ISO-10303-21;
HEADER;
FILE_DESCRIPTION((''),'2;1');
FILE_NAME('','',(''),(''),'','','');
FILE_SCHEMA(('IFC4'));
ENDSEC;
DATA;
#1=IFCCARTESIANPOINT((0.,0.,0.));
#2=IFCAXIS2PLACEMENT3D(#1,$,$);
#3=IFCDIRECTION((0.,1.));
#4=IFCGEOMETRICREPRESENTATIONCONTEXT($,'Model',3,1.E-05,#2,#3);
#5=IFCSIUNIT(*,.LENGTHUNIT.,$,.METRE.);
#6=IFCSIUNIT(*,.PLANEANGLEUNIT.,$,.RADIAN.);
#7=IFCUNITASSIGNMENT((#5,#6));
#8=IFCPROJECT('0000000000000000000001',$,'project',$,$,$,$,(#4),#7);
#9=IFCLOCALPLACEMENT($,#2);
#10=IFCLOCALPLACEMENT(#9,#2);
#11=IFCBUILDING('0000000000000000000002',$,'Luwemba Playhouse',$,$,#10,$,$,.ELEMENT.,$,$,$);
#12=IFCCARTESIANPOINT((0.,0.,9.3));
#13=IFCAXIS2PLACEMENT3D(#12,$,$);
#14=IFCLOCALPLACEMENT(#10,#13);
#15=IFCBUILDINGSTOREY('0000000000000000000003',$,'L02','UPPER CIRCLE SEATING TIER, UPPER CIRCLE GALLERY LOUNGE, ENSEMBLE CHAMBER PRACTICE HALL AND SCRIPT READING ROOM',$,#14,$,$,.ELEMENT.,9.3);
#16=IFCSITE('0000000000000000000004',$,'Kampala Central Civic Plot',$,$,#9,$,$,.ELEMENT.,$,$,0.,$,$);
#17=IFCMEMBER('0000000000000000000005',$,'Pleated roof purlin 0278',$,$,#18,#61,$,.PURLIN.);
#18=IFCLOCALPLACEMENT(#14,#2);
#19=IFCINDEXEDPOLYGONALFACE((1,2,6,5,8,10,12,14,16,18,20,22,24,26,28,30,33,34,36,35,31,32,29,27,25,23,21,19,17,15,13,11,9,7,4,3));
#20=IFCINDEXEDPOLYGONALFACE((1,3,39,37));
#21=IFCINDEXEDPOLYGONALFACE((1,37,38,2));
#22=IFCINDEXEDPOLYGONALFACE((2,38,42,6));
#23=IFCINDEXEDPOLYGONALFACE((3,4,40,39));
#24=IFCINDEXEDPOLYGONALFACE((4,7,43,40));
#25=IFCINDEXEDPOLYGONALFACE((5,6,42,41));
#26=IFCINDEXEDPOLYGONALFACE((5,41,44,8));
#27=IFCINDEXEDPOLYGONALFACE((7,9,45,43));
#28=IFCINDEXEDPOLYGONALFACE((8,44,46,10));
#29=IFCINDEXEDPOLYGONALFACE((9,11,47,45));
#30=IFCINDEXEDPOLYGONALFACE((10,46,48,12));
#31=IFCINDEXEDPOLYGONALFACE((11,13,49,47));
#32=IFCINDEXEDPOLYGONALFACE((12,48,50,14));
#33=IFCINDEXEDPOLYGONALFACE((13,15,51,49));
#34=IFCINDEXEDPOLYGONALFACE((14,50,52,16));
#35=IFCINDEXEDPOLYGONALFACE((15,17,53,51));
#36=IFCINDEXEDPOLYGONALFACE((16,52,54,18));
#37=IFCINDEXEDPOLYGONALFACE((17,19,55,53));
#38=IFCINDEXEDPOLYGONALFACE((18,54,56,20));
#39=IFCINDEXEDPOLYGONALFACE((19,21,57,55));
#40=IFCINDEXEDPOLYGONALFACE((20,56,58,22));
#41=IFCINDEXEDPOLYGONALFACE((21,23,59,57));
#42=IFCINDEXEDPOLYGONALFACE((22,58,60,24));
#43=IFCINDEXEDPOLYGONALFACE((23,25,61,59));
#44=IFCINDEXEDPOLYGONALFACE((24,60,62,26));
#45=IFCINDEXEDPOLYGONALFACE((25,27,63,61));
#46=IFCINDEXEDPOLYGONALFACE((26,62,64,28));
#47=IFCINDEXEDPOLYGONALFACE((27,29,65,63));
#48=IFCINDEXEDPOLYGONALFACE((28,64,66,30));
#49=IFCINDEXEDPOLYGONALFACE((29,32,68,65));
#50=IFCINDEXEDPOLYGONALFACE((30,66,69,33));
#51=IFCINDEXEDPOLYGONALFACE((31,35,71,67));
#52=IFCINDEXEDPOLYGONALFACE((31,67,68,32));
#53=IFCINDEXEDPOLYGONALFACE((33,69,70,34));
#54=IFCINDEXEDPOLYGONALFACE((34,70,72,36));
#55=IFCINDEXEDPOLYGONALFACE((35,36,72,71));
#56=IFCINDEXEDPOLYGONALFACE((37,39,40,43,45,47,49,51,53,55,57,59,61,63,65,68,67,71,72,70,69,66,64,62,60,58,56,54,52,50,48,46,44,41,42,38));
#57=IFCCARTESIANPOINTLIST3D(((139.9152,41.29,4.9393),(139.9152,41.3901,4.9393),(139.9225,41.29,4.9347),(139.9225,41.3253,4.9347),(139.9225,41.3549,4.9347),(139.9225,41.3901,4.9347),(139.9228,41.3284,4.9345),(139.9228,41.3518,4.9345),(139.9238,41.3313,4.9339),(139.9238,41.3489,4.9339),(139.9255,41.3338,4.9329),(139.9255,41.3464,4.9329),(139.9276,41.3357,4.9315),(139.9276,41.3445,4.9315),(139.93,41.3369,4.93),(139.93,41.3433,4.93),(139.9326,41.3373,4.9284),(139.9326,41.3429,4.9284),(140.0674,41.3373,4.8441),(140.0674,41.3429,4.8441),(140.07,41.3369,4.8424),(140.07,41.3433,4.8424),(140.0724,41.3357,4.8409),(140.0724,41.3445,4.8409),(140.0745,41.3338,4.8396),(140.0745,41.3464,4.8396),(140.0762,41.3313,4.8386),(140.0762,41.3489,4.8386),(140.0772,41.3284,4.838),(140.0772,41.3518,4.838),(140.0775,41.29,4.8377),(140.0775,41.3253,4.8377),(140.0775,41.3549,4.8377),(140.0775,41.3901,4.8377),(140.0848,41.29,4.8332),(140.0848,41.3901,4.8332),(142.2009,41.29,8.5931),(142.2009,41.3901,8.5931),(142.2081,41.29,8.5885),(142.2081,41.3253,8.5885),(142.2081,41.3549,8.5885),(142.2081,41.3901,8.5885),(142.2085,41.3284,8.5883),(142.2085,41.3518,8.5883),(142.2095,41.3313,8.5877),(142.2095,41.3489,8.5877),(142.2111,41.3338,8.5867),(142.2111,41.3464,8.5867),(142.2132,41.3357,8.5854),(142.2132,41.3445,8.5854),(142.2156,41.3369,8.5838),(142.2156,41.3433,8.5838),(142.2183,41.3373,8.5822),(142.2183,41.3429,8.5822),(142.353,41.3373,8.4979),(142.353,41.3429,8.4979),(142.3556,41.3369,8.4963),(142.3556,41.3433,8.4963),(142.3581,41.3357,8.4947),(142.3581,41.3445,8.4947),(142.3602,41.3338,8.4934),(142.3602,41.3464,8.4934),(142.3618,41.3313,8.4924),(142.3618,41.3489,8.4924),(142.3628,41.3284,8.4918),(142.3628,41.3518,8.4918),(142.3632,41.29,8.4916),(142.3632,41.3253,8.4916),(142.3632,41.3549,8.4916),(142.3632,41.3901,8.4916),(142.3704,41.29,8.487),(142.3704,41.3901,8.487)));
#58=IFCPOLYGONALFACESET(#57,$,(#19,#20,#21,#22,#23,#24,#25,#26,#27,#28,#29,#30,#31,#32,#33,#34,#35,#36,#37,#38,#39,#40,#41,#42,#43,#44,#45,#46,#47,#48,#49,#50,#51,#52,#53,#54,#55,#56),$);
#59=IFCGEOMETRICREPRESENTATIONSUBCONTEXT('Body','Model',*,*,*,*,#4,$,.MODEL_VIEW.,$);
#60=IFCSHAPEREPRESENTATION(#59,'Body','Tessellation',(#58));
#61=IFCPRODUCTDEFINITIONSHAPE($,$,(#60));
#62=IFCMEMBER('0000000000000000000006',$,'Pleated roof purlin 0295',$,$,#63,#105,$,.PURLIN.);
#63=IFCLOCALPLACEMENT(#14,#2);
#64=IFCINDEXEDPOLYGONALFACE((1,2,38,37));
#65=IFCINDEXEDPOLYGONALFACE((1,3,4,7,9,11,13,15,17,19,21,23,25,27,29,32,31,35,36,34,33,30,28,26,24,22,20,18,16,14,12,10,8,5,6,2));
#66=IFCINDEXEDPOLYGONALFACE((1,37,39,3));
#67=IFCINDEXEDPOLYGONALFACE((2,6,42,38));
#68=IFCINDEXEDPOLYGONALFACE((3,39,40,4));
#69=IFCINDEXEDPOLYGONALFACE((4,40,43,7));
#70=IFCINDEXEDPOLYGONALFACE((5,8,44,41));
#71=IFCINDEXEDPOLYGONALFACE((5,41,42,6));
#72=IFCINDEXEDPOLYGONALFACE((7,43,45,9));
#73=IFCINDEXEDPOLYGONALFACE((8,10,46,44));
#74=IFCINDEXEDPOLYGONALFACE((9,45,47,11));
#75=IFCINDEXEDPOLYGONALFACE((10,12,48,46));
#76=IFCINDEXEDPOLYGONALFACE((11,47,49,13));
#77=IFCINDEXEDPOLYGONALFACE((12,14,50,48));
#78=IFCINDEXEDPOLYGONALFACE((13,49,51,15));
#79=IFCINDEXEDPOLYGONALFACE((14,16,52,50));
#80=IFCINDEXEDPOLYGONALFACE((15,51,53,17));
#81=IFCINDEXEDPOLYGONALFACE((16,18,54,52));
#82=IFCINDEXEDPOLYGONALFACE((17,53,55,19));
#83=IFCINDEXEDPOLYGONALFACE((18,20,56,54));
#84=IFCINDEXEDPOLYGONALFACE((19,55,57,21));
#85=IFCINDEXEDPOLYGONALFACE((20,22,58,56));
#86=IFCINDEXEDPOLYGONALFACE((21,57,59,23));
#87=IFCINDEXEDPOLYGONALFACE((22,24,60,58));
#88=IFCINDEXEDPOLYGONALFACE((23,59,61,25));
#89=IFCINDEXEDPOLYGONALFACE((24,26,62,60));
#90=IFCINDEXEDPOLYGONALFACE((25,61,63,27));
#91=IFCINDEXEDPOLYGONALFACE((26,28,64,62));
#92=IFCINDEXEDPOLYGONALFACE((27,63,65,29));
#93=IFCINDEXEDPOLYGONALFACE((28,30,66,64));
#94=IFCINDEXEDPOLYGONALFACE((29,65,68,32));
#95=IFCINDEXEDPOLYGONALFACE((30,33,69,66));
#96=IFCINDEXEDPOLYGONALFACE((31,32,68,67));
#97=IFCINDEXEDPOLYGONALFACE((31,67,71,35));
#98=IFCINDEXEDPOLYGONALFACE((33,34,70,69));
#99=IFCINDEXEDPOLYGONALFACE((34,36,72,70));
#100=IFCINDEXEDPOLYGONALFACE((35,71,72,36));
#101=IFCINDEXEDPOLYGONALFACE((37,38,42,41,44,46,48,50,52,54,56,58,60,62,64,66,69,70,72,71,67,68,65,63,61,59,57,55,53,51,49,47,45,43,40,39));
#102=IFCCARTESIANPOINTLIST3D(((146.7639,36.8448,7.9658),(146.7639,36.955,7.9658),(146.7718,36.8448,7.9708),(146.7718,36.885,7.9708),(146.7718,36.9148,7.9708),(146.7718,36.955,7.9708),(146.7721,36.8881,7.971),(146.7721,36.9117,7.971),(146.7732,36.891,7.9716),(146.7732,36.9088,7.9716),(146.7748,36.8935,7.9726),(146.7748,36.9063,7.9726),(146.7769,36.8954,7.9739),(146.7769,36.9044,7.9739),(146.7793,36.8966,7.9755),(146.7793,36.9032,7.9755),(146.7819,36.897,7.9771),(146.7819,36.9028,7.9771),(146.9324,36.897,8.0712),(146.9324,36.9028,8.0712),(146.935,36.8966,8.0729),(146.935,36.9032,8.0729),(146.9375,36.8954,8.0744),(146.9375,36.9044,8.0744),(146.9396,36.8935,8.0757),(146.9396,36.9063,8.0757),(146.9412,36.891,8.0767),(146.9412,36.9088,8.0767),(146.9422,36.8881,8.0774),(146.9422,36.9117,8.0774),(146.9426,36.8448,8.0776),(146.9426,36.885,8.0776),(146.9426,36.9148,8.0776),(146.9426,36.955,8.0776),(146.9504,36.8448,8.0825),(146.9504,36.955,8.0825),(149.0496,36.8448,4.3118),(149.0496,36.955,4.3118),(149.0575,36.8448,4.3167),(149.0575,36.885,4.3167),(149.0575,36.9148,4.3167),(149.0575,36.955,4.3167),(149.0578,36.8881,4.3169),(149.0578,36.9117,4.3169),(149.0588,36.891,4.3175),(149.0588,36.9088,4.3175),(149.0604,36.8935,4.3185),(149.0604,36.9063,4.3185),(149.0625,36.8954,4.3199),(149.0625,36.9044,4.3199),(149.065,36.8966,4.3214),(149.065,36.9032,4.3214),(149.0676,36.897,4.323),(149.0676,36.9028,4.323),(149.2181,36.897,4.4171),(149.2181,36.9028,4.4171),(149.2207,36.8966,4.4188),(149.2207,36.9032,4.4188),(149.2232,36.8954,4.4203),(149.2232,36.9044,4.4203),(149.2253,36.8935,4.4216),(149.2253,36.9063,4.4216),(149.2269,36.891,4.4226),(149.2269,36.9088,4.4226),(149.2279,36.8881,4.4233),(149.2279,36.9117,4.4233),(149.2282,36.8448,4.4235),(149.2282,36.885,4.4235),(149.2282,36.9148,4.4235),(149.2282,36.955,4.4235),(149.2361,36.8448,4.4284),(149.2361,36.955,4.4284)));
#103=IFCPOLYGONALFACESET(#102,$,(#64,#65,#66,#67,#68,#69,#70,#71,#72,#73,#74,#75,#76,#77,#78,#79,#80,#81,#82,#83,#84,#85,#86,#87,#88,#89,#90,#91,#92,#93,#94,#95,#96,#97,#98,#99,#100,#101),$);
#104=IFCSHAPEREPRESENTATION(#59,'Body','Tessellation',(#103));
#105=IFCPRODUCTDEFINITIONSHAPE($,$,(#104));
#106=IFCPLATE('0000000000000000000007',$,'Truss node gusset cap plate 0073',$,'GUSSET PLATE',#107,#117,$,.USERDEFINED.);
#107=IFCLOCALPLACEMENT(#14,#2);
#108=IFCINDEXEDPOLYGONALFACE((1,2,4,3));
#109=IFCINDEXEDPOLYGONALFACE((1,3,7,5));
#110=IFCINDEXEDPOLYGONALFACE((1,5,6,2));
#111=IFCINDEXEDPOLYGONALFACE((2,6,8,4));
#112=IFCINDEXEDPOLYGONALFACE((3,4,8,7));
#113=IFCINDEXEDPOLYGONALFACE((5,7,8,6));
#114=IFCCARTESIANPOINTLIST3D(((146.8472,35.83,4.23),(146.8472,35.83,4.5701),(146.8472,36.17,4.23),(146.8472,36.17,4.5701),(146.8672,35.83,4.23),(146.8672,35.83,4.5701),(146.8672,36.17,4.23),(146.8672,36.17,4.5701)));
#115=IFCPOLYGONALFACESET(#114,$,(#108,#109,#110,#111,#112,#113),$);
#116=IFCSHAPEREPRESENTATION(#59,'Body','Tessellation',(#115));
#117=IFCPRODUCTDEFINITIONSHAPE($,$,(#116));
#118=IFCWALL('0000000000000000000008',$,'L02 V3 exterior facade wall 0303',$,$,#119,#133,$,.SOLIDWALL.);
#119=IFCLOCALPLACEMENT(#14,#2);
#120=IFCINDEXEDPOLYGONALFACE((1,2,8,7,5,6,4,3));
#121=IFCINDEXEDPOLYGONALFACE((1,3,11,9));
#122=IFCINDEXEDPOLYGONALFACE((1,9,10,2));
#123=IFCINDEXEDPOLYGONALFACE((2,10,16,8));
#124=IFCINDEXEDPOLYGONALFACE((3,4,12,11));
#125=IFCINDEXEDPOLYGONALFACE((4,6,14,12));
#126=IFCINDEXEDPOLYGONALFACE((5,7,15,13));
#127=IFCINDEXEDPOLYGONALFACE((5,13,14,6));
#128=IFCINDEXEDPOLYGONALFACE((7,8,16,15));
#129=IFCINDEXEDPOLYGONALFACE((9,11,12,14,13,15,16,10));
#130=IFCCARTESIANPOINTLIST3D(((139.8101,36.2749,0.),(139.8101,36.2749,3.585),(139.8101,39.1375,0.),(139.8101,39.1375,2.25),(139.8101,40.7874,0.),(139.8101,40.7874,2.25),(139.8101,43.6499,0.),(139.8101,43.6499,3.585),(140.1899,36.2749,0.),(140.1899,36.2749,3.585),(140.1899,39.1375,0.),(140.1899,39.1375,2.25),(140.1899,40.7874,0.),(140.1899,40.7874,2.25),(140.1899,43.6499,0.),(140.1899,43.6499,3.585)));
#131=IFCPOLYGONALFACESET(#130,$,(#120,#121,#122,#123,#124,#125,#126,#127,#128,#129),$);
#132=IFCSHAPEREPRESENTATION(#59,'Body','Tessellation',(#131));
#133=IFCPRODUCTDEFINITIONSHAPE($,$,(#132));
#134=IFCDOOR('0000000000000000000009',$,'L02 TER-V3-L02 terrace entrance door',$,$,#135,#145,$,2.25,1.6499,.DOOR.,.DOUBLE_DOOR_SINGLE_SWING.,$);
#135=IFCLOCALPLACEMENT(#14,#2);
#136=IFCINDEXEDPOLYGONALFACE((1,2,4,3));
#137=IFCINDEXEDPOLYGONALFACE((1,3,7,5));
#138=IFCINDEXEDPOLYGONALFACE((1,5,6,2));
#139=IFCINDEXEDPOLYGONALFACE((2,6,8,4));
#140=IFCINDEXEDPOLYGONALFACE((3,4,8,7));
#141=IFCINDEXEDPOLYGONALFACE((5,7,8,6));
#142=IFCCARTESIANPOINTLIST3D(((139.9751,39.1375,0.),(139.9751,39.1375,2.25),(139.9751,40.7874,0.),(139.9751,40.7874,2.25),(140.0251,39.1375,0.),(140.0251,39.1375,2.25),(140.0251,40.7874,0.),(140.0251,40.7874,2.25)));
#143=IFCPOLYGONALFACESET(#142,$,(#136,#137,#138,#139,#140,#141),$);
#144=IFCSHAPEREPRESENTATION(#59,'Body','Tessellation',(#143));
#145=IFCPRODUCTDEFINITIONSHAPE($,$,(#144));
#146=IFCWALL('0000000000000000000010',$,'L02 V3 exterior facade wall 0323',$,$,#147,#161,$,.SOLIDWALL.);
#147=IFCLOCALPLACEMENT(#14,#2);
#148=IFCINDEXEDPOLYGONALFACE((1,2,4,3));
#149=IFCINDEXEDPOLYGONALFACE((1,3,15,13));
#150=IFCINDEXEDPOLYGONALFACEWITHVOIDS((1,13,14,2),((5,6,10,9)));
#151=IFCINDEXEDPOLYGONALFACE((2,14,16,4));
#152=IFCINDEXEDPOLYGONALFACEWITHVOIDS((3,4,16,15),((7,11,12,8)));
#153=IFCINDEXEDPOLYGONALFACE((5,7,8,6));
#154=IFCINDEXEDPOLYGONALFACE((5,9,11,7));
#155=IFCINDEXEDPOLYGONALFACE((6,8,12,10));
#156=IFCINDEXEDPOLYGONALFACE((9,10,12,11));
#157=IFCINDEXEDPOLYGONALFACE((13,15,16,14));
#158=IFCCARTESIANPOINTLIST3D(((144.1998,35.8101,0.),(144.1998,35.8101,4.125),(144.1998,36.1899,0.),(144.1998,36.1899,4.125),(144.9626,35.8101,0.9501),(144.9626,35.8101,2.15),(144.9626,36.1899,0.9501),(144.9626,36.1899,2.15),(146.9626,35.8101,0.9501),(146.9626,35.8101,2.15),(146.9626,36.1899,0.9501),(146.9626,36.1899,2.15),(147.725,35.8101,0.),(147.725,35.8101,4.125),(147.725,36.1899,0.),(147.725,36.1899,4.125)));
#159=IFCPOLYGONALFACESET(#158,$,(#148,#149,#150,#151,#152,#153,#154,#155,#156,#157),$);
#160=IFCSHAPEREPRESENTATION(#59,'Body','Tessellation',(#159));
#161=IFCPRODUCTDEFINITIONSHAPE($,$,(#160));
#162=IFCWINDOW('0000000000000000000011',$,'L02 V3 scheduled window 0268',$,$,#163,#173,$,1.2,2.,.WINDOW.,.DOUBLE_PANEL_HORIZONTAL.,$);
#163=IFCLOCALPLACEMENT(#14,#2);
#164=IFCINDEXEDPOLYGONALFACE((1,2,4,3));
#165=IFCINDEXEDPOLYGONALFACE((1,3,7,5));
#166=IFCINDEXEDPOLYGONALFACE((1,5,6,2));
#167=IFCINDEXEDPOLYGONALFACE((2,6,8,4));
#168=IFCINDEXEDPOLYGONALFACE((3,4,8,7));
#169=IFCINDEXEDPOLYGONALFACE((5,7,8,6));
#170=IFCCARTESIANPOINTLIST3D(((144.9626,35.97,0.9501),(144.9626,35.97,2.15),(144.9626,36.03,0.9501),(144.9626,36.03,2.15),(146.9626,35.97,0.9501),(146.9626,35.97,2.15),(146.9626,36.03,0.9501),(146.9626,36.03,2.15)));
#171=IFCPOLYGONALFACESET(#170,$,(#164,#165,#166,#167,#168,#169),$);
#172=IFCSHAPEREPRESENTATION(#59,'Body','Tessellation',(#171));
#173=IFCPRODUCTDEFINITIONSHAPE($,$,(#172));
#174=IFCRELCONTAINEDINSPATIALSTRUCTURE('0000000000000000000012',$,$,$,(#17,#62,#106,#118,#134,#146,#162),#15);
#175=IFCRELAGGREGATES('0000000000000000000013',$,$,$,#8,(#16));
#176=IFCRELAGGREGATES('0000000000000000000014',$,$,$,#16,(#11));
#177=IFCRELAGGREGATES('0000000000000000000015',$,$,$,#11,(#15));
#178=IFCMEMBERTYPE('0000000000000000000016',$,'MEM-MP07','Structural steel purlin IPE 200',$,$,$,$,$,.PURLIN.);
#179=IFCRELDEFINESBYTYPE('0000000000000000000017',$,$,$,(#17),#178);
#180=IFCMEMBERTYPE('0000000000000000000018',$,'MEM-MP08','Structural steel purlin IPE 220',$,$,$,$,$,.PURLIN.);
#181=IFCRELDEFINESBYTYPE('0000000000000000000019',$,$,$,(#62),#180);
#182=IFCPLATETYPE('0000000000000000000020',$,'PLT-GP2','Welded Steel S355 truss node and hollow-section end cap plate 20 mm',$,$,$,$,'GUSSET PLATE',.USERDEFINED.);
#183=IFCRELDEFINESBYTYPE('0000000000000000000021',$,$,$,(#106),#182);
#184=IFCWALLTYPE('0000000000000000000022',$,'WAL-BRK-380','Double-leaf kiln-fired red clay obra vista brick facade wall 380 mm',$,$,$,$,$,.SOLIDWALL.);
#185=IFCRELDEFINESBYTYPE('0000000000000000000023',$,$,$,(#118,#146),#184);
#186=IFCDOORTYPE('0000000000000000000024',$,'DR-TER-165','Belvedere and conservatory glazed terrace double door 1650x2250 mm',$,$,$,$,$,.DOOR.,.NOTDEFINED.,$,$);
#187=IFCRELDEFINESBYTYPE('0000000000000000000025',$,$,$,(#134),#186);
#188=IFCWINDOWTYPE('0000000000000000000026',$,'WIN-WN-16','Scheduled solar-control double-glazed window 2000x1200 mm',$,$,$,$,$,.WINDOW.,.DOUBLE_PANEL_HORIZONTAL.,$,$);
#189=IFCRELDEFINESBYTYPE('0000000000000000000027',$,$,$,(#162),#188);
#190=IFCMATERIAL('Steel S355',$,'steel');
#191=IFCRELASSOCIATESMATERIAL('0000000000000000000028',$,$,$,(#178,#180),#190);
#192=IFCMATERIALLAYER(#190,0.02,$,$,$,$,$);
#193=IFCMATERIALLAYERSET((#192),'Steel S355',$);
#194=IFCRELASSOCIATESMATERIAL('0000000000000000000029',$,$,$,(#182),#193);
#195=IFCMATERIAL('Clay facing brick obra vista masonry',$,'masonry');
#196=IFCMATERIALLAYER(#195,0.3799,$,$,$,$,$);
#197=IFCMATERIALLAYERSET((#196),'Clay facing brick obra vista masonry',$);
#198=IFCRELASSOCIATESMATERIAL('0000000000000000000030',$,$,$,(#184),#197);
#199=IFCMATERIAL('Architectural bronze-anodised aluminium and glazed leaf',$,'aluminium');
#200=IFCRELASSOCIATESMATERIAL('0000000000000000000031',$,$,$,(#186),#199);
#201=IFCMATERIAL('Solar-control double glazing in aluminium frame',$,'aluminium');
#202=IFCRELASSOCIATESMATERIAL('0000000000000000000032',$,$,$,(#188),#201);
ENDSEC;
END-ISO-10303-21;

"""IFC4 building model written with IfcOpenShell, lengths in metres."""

from ifc_helpers import new_model, si_unit, direction, frame, frame_2d, origin, origin_2d, place, context, subcontext, project, spatial, rectangle, i_section, extrude, material, layer, layer_set, material_profile, profile_set, type_object, element, fill, save


model = new_model("IFC4")

# Units and contexts
model_context = context("Model", 3, precision=1e-05, world=origin(), true_north=direction((0.0, 1.0)))
body_context = subcontext(model_context, "Body", "Model", "MODEL_VIEW")
ifc_project = project(units=[si_unit("LENGTHUNIT", "METRE"), si_unit("PLANEANGLEUNIT", "RADIAN")], contexts=[model_context])

# Site, building, storey
site_placement = place(None, origin())
site = spatial("IfcSite", under=ifc_project, at=site_placement, Name="Kampala Central Civic Plot", CompositionType="ELEMENT", RefElevation=0.0)
building_placement = place(site_placement, origin())
building = spatial("IfcBuilding", under=site, at=building_placement, Name="Luwemba Playhouse", CompositionType="ELEMENT")
storey_placement = place(building_placement, frame((0.0, 0.0, 9.3)))
storey = spatial("IfcBuildingStorey", under=building, at=storey_placement, Name="L02", Description="UPPER CIRCLE SEATING TIER, UPPER CIRCLE GALLERY LOUNGE, ENSEMBLE CHAMBER PRACTICE HALL AND SCRIPT READING ROOM", CompositionType="ELEMENT", Elevation=9.3)

# Shared definitions
ifc_material_1 = material(Name="Steel S355", Category="steel")

# Members
ifc_material_profile_1 = material_profile(ifc_material_1, i_section(OverallWidth=0.1001, OverallDepth=0.2, WebThickness=0.0056, FlangeThickness=0.0085, FilletRadius=0.012, at=origin_2d()))
ifc_profile_set_1 = profile_set([ifc_material_profile_1], Name="Steel S355")
member_type_1 = type_object("IfcMemberType", Name="MEM-MP07", Description="Structural steel purlin IPE 200", PredefinedType="PURLIN", material=ifc_profile_set_1)
member_1_placement = place(storey_placement, frame((140.0, 41.3401, 4.8862), z_axis=(0.530335, 0.0, 0.847788), x_axis=(0.0, 1.0, 0.0)))
element("IfcMember", 1, at=member_1_placement, inside=storey, type_object=member_type_1, Name="Pleated roof purlin 0278", PredefinedType="PURLIN", context=body_context, shape_type="SweptSolid", body=[
    extrude(i_section(OverallWidth=0.1001, OverallDepth=0.2, WebThickness=0.0056, FlangeThickness=0.0085, FilletRadius=0.012, at=origin_2d()), origin(), (0.0, 0.0, 1.0), 4.3098),
])
ifc_material_profile_2 = material_profile(ifc_material_1, i_section(OverallWidth=0.1101, OverallDepth=0.22, WebThickness=0.0059, FlangeThickness=0.0093, FilletRadius=0.012, at=origin_2d()))
ifc_profile_set_2 = profile_set([ifc_material_profile_2], Name="Steel S355")
member_type_2 = type_object("IfcMemberType", Name="MEM-MP08", Description="Structural steel purlin IPE 220", PredefinedType="PURLIN", material=ifc_profile_set_2)
member_2_placement = place(storey_placement, frame((146.8572, 36.8999, 8.0242), z_axis=(0.530309, 0.0, -0.847804), x_axis=(0.0, 1.0, 0.0)))
element("IfcMember", 2, at=member_2_placement, inside=storey, type_object=member_type_2, Name="Pleated roof purlin 0295", PredefinedType="PURLIN", context=body_context, shape_type="SweptSolid", body=[
    extrude(i_section(OverallWidth=0.1101, OverallDepth=0.22, WebThickness=0.0059, FlangeThickness=0.0093, FilletRadius=0.012, at=origin_2d()), origin(), (0.0, 0.0, 1.0), 4.3101),
])

# Plate
ifc_layer_1 = layer(ifc_material_1, 0.02)
ifc_layer_set_1 = layer_set([ifc_layer_1], Name="Steel S355")
plate_type = type_object("IfcPlateType", Name="PLT-GP2", Description="Welded Steel S355 truss node and hollow-section end cap plate 20 mm", ElementType="GUSSET PLATE", PredefinedType="USERDEFINED", material=ifc_layer_set_1)
plate_placement = place(storey_placement, frame((146.8572, 36.0, 4.23), z_axis=(0.0, 0.0, 1.0), x_axis=(1.0, 0.0, 0.0)))
element("IfcPlate", 3, at=plate_placement, inside=storey, type_object=plate_type, Name="Truss node gusset cap plate 0073", ObjectType="GUSSET PLATE", PredefinedType="USERDEFINED", context=body_context, shape_type="SweptSolid", body=[
    extrude(rectangle(XDim=0.02, YDim=0.3401, at=origin_2d()), origin(), (0.0, 0.0, 1.0), 0.3401),
])

# Wall, opening, door
ifc_material_2 = material(Name="Clay facing brick obra vista masonry", Category="masonry")
ifc_layer_2 = layer(ifc_material_2, 0.3799)
ifc_layer_set_2 = layer_set([ifc_layer_2], Name="Clay facing brick obra vista masonry")
wall_type_1 = type_object("IfcWallType", Name="WAL-BRK-380", Description="Double-leaf kiln-fired red clay obra vista brick facade wall 380 mm", PredefinedType="SOLIDWALL", material=ifc_layer_set_2)
wall_1_placement = place(storey_placement, frame((140.0, 36.2749, 0.0), z_axis=(0.0, 0.0, 1.0), x_axis=(0.0, 1.0, 0.0)))
wall_1 = element("IfcWall", 4, at=wall_1_placement, inside=storey, type_object=wall_type_1, Name="L02 V3 exterior facade wall 0303", PredefinedType="SOLIDWALL", context=body_context, shape_type="SweptSolid", body=[
    extrude(rectangle(XDim=7.375, YDim=0.3799, at=frame_2d((3.6875, 0.0))), origin(), (0.0, 0.0, 1.0), 3.585),
])
opening_1_placement = place(wall_1_placement, frame((2.8625, 0.0, 0.0)))
opening_1 = element("IfcOpeningElement", 5, at=opening_1_placement, cuts=wall_1, PredefinedType="OPENING", context=body_context, shape_type="SweptSolid", body=[
    extrude(rectangle(XDim=1.6499, YDim=2.25, at=frame_2d((0.825, 1.125))), frame((0.0, 0.2, 0.0), z_axis=(0.0, -1.0, 0.0), x_axis=(1.0, 0.0, 0.0)), (0.0, 0.0, 1.0), 0.3999),
])
ifc_material_3 = material(Name="Architectural bronze-anodised aluminium and glazed leaf", Category="aluminium")
door_type_1 = type_object("IfcDoorType", Name="DR-TER-165", Description="Belvedere and conservatory glazed terrace double door 1650x2250 mm", OperationType="NOTDEFINED", PredefinedType="DOOR", material=ifc_material_3)
door_1_placement = place(opening_1_placement, origin())
door_1 = element("IfcDoor", 6, at=door_1_placement, inside=storey, type_object=door_type_1, Name="L02 TER-V3-L02 terrace entrance door", OperationType="DOUBLE_DOOR_SINGLE_SWING", OverallHeight=2.25, OverallWidth=1.6499, PredefinedType="DOOR", context=body_context, shape_type="SweptSolid", body=[
    extrude(rectangle(XDim=1.6499, YDim=2.25, at=frame_2d((0.825, 1.125))), frame((0.0, 0.0249, 0.0), z_axis=(0.0, -1.0, 0.0), x_axis=(1.0, 0.0, 0.0)), (0.0, 0.0, 1.0), 0.05),
])
fill(opening_1, door_1)

# Wall, opening, window
wall_2_placement = place(storey_placement, frame((147.7251, 36.0, 0.0), z_axis=(0.0, 0.0, 1.0), x_axis=(-1.0, 0.0, 0.0)))
wall_2 = element("IfcWall", 7, at=wall_2_placement, inside=storey, type_object=wall_type_1, Name="L02 V3 exterior facade wall 0323", PredefinedType="SOLIDWALL", context=body_context, shape_type="SweptSolid", body=[
    extrude(rectangle(XDim=3.5251, YDim=0.3799, at=frame_2d((1.7627, 0.0))), origin(), (0.0, 0.0, 1.0), 4.125),
])
opening_2_placement = place(wall_2_placement, frame((0.7625, 0.0, 0.95)))
opening_2 = element("IfcOpeningElement", 8, at=opening_2_placement, cuts=wall_2, PredefinedType="OPENING", context=body_context, shape_type="SweptSolid", body=[
    extrude(rectangle(XDim=2.0, YDim=1.2, at=frame_2d((1.0, 0.6001))), frame((0.0, 0.2, 0.0), z_axis=(0.0, -1.0, 0.0), x_axis=(1.0, 0.0, 0.0)), (0.0, 0.0, 1.0), 0.3999),
])
ifc_material_4 = material(Name="Solar-control double glazing in aluminium frame", Category="aluminium")
window_type = type_object("IfcWindowType", Name="WIN-WN-16", Description="Scheduled solar-control double-glazed window 2000x1200 mm", PartitioningType="DOUBLE_PANEL_HORIZONTAL", PredefinedType="WINDOW", material=ifc_material_4)
window_placement = place(opening_2_placement, origin())
window = element("IfcWindow", 9, at=window_placement, inside=storey, type_object=window_type, Name="L02 V3 scheduled window 0268", OverallHeight=1.2, OverallWidth=2.0, PartitioningType="DOUBLE_PANEL_HORIZONTAL", PredefinedType="WINDOW", context=body_context, shape_type="SweptSolid", body=[
    extrude(rectangle(XDim=2.0, YDim=1.2, at=frame_2d((1.0, 0.6001))), frame((0.0, 0.03, 0.0), z_axis=(0.0, -1.0, 0.0), x_axis=(1.0, 0.0, 0.0)), (0.0, 0.0, 1.0), 0.0601),
])
fill(opening_2, window)

save(model, "model.ifc")
